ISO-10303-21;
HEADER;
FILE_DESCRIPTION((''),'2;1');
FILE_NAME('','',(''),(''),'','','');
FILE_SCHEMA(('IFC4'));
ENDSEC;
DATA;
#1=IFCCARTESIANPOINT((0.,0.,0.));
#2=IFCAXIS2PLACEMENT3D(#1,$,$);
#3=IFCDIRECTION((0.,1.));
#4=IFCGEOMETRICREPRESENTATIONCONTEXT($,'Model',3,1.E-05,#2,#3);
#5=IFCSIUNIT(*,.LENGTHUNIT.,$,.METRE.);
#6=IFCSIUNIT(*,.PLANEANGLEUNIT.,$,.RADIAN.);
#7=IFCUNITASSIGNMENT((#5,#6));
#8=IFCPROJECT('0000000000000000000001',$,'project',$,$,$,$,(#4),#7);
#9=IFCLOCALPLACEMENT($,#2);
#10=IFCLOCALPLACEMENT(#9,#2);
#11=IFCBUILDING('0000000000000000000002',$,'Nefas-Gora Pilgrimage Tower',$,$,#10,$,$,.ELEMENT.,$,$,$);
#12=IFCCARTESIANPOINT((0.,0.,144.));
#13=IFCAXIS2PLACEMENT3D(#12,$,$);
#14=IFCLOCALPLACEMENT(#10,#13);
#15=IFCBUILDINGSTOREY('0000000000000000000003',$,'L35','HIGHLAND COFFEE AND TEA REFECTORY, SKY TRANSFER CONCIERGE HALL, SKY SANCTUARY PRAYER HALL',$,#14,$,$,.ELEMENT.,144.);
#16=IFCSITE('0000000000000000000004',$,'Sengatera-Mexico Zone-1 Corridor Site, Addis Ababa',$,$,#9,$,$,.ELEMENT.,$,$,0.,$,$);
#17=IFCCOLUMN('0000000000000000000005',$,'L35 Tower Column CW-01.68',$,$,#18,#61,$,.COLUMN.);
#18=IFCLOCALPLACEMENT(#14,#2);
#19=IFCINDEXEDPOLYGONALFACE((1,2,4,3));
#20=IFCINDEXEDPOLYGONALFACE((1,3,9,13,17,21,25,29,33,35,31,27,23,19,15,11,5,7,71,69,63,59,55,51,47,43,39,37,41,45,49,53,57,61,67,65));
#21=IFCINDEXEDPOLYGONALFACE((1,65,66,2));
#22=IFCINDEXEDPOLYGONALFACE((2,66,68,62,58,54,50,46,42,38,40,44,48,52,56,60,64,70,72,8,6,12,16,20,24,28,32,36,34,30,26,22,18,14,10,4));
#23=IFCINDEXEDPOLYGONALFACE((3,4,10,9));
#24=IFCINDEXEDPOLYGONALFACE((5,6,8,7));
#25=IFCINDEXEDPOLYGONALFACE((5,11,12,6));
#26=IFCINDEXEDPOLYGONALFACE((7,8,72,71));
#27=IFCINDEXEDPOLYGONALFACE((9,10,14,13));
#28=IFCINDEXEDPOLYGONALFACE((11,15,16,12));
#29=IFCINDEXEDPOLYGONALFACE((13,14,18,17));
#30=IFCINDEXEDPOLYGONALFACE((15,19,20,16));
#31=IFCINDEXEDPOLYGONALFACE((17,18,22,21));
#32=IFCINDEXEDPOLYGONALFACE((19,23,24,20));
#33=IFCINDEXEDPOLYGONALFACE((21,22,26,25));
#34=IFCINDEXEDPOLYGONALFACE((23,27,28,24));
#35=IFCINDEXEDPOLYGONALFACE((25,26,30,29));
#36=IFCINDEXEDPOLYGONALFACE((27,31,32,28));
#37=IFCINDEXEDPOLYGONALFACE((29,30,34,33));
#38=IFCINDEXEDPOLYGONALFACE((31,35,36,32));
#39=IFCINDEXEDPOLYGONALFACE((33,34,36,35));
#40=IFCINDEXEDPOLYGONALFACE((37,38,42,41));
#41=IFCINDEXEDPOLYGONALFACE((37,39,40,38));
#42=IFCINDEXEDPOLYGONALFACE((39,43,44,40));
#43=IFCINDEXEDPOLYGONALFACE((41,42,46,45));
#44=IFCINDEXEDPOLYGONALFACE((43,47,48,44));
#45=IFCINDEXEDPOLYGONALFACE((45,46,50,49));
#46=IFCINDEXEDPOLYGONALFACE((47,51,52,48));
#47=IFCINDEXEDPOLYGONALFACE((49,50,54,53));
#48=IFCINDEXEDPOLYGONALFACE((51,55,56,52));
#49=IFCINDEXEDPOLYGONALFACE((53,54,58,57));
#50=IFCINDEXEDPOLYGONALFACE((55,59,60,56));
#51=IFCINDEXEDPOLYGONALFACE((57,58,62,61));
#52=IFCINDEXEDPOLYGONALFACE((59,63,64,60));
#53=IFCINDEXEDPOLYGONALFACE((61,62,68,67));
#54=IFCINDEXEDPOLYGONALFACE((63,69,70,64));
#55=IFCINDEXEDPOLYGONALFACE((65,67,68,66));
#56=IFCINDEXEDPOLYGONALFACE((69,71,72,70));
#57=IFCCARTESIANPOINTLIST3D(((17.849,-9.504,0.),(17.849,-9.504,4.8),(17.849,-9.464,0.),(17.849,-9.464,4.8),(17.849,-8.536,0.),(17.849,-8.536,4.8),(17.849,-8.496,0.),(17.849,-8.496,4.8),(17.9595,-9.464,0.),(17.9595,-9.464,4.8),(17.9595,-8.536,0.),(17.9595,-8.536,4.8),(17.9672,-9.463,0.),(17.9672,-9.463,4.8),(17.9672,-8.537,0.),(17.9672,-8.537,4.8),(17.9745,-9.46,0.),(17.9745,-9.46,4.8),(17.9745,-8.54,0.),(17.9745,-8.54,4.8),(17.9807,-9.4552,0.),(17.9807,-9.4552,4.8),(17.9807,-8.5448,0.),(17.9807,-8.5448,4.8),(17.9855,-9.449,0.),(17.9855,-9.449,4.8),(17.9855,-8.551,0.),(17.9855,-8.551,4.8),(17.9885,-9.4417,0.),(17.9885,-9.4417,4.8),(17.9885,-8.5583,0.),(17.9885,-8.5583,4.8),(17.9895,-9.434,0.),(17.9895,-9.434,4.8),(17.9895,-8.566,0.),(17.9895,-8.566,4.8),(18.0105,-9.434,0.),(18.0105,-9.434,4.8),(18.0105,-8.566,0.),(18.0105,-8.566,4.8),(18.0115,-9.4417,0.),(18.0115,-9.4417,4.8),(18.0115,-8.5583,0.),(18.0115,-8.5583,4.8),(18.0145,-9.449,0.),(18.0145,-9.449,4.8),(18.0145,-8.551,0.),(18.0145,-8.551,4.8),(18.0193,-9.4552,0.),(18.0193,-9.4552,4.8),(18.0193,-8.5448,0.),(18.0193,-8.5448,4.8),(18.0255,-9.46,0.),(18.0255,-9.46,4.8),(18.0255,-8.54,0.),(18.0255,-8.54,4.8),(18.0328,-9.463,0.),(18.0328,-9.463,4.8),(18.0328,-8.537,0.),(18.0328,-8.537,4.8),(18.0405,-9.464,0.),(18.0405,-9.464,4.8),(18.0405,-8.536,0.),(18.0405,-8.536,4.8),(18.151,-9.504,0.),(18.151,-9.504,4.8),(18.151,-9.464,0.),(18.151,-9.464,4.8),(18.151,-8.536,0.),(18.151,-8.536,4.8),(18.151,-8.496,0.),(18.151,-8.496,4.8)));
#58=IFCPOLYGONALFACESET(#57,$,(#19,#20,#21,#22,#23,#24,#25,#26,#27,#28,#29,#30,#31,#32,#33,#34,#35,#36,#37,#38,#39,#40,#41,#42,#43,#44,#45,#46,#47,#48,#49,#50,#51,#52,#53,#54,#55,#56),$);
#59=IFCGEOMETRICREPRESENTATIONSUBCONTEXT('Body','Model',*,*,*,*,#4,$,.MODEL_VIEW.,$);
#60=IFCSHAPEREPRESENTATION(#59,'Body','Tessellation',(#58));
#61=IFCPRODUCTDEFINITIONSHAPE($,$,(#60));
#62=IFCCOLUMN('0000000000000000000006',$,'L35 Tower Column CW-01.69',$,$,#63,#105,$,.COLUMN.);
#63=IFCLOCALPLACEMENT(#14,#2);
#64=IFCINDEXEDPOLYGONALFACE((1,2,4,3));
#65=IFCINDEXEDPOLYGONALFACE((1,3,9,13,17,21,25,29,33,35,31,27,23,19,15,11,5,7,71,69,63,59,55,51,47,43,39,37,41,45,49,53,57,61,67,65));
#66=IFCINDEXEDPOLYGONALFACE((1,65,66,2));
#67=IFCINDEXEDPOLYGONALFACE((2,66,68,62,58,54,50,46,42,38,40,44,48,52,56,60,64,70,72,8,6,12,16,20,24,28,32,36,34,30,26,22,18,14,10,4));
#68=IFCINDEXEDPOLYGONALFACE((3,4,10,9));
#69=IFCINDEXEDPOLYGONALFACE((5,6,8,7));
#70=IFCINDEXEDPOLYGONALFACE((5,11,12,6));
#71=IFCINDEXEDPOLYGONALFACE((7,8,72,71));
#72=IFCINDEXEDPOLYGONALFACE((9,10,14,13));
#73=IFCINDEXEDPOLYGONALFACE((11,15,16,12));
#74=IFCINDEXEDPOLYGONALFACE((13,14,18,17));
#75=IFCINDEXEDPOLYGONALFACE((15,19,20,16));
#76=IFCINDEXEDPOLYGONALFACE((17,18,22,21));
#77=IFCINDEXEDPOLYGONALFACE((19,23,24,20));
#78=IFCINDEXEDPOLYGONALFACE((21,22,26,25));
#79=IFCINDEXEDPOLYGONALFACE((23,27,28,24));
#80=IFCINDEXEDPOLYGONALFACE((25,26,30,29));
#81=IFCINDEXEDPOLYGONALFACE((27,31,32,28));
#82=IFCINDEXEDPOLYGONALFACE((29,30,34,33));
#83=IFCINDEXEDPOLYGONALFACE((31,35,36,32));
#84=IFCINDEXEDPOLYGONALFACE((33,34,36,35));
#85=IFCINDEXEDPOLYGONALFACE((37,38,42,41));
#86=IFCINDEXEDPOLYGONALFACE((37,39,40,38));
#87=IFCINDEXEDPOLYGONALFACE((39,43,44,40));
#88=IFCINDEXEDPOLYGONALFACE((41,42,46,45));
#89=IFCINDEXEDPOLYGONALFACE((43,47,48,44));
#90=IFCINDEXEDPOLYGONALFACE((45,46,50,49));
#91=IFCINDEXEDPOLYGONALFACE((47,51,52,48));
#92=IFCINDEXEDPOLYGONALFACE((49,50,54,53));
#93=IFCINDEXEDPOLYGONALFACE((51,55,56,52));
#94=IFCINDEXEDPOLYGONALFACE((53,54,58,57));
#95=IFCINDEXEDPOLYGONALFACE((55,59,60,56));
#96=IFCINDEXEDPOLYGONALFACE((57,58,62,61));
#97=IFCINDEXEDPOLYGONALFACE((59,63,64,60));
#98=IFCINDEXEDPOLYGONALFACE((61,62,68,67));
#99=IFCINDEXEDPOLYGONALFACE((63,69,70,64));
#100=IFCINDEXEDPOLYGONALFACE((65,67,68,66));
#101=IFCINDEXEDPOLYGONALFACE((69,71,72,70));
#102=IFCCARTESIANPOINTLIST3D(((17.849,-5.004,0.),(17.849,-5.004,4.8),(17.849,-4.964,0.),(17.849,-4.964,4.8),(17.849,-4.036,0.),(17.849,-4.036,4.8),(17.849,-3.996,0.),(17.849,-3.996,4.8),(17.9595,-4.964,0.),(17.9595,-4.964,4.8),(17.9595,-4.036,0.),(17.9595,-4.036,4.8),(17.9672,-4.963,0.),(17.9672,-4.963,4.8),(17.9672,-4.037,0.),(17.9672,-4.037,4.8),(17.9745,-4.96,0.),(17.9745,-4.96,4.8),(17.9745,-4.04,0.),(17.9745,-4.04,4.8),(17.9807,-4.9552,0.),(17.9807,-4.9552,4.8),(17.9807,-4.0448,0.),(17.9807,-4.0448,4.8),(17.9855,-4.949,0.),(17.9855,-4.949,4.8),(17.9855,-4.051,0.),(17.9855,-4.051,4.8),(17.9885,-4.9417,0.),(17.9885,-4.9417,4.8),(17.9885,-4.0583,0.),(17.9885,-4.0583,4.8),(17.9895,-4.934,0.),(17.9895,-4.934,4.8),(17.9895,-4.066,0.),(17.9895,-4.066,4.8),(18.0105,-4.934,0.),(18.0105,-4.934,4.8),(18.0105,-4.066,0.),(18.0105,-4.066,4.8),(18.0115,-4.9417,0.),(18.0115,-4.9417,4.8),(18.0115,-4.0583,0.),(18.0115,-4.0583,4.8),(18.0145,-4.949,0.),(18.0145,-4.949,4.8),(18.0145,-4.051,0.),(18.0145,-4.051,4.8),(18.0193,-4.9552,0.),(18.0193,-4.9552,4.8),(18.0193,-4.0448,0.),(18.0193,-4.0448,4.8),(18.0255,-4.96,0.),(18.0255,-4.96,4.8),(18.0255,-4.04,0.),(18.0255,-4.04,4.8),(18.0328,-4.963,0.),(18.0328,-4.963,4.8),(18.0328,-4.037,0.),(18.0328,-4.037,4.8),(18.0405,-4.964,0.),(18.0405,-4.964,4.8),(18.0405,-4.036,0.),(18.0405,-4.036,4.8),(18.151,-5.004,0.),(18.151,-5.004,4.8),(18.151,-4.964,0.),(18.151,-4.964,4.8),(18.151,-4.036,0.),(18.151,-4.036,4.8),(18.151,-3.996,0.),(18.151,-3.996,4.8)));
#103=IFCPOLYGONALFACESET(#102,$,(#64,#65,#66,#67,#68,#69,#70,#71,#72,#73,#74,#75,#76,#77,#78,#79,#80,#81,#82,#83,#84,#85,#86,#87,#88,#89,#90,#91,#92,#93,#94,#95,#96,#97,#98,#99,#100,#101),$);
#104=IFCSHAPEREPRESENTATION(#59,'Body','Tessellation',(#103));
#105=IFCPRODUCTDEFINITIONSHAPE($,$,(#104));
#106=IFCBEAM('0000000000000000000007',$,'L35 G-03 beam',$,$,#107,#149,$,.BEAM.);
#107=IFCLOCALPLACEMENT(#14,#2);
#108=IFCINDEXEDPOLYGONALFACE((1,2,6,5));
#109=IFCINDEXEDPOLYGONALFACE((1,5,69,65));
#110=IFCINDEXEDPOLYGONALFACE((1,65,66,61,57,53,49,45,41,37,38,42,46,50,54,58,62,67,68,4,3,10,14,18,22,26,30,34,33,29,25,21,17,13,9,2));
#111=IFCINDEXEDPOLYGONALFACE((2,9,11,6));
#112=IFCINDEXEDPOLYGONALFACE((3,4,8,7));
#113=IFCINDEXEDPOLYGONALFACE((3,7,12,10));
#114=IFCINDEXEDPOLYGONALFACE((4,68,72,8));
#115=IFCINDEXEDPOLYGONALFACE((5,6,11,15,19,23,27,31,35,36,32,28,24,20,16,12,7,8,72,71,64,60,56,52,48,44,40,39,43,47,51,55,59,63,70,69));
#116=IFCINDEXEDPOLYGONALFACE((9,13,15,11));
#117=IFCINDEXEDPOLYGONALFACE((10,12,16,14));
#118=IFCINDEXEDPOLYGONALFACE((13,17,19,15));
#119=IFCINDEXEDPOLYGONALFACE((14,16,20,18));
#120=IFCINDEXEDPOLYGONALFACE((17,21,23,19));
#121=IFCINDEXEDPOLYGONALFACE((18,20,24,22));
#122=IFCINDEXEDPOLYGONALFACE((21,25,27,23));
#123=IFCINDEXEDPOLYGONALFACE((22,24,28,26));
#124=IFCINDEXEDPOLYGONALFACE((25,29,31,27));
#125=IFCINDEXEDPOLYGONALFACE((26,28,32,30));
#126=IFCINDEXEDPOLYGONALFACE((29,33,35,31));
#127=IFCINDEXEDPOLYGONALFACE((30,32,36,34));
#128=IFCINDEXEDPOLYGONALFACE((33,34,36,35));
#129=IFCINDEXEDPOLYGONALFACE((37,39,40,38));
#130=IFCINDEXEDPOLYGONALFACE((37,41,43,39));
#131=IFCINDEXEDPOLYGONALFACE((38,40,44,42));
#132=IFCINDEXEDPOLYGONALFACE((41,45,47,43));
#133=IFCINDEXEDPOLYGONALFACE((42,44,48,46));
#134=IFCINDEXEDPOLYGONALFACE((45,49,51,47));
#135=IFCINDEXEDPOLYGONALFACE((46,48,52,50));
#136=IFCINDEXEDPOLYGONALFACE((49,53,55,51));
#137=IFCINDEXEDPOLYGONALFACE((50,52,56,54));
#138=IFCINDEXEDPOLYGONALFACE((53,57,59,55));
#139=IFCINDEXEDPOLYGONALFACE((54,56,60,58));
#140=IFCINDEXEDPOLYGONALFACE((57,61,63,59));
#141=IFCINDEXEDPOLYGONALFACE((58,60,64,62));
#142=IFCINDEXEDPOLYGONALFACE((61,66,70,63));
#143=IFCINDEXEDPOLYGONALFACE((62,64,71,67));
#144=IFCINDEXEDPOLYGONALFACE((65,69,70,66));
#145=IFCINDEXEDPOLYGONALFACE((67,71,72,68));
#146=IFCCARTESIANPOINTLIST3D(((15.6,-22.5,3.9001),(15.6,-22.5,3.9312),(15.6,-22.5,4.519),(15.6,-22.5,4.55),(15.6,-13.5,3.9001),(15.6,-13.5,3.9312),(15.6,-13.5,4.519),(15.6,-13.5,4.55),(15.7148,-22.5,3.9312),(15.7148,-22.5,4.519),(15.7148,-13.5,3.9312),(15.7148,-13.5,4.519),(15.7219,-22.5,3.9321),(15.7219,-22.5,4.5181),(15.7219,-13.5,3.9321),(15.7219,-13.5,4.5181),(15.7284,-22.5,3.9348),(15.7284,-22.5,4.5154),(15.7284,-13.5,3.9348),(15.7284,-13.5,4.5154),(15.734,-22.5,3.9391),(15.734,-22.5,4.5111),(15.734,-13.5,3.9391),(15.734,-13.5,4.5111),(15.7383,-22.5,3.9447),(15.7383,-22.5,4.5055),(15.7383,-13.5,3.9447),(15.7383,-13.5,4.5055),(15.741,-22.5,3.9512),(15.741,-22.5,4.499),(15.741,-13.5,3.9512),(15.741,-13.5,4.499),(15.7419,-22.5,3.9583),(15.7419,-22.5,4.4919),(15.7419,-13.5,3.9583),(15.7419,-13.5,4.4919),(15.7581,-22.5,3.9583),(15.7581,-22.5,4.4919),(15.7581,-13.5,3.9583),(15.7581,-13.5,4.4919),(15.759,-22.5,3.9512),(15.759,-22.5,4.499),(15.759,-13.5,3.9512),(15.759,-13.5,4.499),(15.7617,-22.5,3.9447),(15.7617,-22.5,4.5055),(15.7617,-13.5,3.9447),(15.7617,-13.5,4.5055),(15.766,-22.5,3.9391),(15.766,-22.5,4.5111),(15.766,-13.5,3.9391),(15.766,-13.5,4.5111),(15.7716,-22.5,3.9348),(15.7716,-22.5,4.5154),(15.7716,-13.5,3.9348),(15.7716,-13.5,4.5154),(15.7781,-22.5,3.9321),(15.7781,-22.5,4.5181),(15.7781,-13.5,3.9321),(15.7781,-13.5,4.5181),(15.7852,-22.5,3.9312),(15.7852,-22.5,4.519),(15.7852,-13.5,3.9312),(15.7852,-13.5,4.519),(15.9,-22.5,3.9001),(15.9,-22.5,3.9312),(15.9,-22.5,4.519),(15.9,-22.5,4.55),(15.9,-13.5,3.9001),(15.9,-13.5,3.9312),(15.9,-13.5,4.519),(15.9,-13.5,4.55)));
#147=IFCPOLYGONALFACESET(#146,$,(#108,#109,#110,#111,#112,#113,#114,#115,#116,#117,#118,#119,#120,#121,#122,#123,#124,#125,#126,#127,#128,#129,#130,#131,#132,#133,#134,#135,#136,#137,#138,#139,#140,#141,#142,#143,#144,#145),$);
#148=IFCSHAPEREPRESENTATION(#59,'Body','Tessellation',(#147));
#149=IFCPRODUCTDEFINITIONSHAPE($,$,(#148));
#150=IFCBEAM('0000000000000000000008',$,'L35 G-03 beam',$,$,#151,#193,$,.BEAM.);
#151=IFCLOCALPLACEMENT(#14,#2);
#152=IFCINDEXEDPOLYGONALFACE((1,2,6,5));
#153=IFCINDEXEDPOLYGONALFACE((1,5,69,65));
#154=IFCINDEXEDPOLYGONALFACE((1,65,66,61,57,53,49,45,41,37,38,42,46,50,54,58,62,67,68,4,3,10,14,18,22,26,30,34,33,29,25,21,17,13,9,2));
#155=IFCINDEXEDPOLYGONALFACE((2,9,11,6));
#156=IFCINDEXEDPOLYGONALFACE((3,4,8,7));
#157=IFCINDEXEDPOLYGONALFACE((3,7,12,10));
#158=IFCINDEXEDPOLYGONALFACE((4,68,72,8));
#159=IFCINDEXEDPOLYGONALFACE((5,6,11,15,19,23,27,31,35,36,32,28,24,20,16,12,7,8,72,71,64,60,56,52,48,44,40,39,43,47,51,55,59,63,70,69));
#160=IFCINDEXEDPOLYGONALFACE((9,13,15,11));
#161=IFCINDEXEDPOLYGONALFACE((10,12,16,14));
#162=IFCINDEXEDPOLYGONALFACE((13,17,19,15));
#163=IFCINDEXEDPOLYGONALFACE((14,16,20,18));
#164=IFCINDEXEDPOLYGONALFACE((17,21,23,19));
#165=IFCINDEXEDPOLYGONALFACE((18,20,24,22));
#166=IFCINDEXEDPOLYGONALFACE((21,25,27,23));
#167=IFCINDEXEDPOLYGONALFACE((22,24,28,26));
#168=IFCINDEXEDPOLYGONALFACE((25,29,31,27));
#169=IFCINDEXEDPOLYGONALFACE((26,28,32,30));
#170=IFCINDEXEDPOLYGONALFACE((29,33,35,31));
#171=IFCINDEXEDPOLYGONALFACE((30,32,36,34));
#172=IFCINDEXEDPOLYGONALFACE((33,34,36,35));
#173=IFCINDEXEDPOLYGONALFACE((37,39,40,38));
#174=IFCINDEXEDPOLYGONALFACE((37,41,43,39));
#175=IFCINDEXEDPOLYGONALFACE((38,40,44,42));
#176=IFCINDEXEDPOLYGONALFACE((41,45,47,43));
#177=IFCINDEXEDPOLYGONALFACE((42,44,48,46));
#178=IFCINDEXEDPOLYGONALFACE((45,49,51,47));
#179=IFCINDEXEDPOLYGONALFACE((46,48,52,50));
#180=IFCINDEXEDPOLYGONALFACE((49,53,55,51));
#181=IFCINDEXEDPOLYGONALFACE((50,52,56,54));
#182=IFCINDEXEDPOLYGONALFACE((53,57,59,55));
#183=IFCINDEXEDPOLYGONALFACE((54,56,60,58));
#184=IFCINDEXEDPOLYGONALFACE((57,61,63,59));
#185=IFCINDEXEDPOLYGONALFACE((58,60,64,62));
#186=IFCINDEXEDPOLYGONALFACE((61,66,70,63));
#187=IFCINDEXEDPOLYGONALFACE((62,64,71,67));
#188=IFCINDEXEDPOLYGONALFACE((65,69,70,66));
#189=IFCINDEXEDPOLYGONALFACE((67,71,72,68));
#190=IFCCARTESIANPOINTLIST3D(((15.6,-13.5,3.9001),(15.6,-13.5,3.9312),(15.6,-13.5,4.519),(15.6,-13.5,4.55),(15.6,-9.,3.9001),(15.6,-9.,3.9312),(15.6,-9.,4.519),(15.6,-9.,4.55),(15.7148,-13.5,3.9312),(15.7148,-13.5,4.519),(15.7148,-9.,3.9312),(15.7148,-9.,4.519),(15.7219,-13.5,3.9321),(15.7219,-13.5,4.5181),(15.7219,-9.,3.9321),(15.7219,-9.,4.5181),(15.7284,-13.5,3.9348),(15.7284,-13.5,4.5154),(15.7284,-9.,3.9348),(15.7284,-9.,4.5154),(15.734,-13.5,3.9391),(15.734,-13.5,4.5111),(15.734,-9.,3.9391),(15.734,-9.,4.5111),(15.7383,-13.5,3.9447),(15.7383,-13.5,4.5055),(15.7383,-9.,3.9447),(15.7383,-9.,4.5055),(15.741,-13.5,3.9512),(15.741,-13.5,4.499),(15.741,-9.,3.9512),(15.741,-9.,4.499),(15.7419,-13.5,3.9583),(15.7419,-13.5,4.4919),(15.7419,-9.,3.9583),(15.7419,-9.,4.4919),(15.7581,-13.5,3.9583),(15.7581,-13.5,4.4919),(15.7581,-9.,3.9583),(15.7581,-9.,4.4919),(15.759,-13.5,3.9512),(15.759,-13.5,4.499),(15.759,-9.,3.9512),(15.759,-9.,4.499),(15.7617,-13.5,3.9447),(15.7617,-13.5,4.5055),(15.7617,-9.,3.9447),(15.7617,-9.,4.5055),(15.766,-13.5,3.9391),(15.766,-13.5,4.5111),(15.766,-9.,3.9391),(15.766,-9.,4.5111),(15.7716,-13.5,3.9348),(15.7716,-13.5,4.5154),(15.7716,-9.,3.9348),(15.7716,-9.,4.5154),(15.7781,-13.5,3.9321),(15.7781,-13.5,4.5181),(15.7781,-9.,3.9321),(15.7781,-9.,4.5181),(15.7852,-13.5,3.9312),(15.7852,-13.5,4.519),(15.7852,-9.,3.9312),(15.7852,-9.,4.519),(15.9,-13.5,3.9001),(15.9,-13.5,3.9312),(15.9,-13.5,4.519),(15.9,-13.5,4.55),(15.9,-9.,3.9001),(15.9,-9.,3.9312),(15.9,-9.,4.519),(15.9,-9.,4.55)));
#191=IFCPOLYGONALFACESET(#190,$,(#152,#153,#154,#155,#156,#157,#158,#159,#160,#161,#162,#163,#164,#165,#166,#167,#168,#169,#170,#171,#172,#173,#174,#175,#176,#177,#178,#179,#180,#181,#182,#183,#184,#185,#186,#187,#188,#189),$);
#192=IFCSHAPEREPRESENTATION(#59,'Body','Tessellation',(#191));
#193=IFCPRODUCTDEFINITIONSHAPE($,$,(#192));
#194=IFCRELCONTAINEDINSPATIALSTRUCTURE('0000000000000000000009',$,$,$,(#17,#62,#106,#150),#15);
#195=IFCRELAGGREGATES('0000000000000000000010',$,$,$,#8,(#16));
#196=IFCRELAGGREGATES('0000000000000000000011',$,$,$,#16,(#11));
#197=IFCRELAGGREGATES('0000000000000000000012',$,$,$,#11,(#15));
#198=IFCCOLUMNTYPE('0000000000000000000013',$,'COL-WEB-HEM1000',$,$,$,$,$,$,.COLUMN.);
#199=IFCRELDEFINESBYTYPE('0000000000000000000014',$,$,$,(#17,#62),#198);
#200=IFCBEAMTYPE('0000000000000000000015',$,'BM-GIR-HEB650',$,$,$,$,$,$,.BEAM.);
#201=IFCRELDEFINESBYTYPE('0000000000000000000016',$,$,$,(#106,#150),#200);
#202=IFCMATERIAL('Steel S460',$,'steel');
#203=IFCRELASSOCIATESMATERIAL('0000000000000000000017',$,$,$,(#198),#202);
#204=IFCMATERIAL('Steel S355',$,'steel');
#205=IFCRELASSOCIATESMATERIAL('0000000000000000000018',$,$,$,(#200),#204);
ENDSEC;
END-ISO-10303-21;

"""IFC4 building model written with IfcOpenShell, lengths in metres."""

from ifc_helpers import new_model, si_unit, direction, frame, origin, origin_2d, place, context, subcontext, project, spatial, i_section, extrude, source, transform, mapped, material, material_profile, profile_set, type_object, element, save


model = new_model("IFC4")

# Units and contexts
model_context = context("Model", 3, precision=1e-05, world=origin(), true_north=direction((0.0, 1.0)))
body_context = subcontext(model_context, "Body", "Model", "MODEL_VIEW")
ifc_project = project(units=[si_unit("LENGTHUNIT", "METRE"), si_unit("PLANEANGLEUNIT", "RADIAN")], contexts=[model_context])

# Site, building, storey
site_placement = place(None, origin())
site = spatial("IfcSite", under=ifc_project, at=site_placement, Name="Sengatera-Mexico Zone-1 Corridor Site, Addis Ababa", CompositionType="ELEMENT", RefElevation=0.0)
building_placement = place(site_placement, origin())
building = spatial("IfcBuilding", under=site, at=building_placement, Name="Nefas-Gora Pilgrimage Tower", CompositionType="ELEMENT")
storey_placement = place(building_placement, frame((0.0, 0.0, 144.0)))
storey = spatial("IfcBuildingStorey", under=building, at=storey_placement, Name="L35", Description="HIGHLAND COFFEE AND TEA REFECTORY, SKY TRANSFER CONCIERGE HALL, SKY SANCTUARY PRAYER HALL", CompositionType="ELEMENT", Elevation=144.0)

# Columns
ifc_material_1 = material(Name="Steel S460", Category="steel")
ifc_material_profile_1 = material_profile(ifc_material_1, i_section(OverallWidth=0.302, OverallDepth=1.0081, WebThickness=0.021, FlangeThickness=0.04, FilletRadius=0.03, at=origin_2d()), Name="HEM 1000")
ifc_profile_set_1 = profile_set([ifc_material_profile_1], Name="Steel S460")
column_type_1 = type_object("IfcColumnType", Name="COL-WEB-HEM1000", PredefinedType="COLUMN", material=ifc_profile_set_1)
shared_shape_1 = source(origin(), body_context, "Body", "SweptSolid", [
    extrude(i_section(OverallWidth=0.302, OverallDepth=1.0081, WebThickness=0.021, FlangeThickness=0.04, FilletRadius=0.03, at=origin_2d()), origin(), (0.0, 0.0, 1.0), 4.8),
])
for number, where, z_axis, x_axis, name in (
    (1, (18.0, -9.0, 0.0), (0.0, 0.0, 1.0), (1.0, 0.0, 0.0), "L35 Tower Column CW-01.68"),
    (2, (18.0, -4.5, 0.0), (0.0, 0.0, 1.0), (1.0, 0.0, 0.0), "L35 Tower Column CW-01.69"),
):
    element("IfcColumn", number, at=place(storey_placement, frame(where, z_axis=z_axis, x_axis=x_axis)), inside=storey, type_object=column_type_1, Name=name, PredefinedType="COLUMN", context=body_context, shape_type="MappedRepresentation", body=[
        mapped(shared_shape_1, transform((0.0, 0.0, 0.0), x_axis=(1.0, 0.0, 0.0), y_axis=(0.0, 1.0, 0.0), z_axis=(0.0, 0.0, 1.0), scale=1.0)),
    ])

# Beams
ifc_material_2 = material(Name="Steel S355", Category="steel")
ifc_material_profile_2 = material_profile(ifc_material_2, i_section(OverallWidth=0.3, OverallDepth=0.6499, WebThickness=0.0161, FlangeThickness=0.031, FilletRadius=0.0271, at=origin_2d()), Name="HEB 650")
ifc_profile_set_2 = profile_set([ifc_material_profile_2], Name="Steel S355")
beam_type_1 = type_object("IfcBeamType", Name="BM-GIR-HEB650", PredefinedType="BEAM", material=ifc_profile_set_2)
shared_shape_2 = source(origin(), body_context, "Body", "SweptSolid", [
    extrude(i_section(OverallWidth=0.3, OverallDepth=0.6499, WebThickness=0.0161, FlangeThickness=0.031, FilletRadius=0.0271, at=origin_2d()), origin(), (0.0, 0.0, 1.0), 9.0),
])
beam_placement = place(storey_placement, frame((15.75, -22.5, 4.2251), z_axis=(0.0, 1.0, 0.0), x_axis=(-1.0, 0.0, 0.0)))
element("IfcBeam", 3, at=beam_placement, inside=storey, type_object=beam_type_1, Name="L35 G-03 beam", PredefinedType="BEAM", context=body_context, shape_type="MappedRepresentation", body=[
    mapped(shared_shape_2, transform((0.0, 0.0, 0.0), x_axis=(1.0, 0.0, 0.0), y_axis=(0.0, 1.0, 0.0), z_axis=(0.0, 0.0, 1.0), scale=1.0)),
])
shared_shape_3 = source(origin(), body_context, "Body", "SweptSolid", [
    extrude(i_section(OverallWidth=0.3, OverallDepth=0.6499, WebThickness=0.0161, FlangeThickness=0.031, FilletRadius=0.0271, at=origin_2d()), origin(), (0.0, 0.0, 1.0), 4.5),
])
for number, where, z_axis, x_axis, name in (
    (4, (15.75, -13.5, 4.2251), (0.0, 1.0, 0.0), (-1.0, 0.0, 0.0), "L35 G-03 beam"),
):
    element("IfcBeam", number, at=place(storey_placement, frame(where, z_axis=z_axis, x_axis=x_axis)), inside=storey, type_object=beam_type_1, Name=name, PredefinedType="BEAM", context=body_context, shape_type="MappedRepresentation", body=[
        mapped(shared_shape_3, transform((0.0, 0.0, 0.0), x_axis=(1.0, 0.0, 0.0), y_axis=(0.0, 1.0, 0.0), z_axis=(0.0, 0.0, 1.0), scale=1.0)),
    ])

save(model, "model.ifc")
